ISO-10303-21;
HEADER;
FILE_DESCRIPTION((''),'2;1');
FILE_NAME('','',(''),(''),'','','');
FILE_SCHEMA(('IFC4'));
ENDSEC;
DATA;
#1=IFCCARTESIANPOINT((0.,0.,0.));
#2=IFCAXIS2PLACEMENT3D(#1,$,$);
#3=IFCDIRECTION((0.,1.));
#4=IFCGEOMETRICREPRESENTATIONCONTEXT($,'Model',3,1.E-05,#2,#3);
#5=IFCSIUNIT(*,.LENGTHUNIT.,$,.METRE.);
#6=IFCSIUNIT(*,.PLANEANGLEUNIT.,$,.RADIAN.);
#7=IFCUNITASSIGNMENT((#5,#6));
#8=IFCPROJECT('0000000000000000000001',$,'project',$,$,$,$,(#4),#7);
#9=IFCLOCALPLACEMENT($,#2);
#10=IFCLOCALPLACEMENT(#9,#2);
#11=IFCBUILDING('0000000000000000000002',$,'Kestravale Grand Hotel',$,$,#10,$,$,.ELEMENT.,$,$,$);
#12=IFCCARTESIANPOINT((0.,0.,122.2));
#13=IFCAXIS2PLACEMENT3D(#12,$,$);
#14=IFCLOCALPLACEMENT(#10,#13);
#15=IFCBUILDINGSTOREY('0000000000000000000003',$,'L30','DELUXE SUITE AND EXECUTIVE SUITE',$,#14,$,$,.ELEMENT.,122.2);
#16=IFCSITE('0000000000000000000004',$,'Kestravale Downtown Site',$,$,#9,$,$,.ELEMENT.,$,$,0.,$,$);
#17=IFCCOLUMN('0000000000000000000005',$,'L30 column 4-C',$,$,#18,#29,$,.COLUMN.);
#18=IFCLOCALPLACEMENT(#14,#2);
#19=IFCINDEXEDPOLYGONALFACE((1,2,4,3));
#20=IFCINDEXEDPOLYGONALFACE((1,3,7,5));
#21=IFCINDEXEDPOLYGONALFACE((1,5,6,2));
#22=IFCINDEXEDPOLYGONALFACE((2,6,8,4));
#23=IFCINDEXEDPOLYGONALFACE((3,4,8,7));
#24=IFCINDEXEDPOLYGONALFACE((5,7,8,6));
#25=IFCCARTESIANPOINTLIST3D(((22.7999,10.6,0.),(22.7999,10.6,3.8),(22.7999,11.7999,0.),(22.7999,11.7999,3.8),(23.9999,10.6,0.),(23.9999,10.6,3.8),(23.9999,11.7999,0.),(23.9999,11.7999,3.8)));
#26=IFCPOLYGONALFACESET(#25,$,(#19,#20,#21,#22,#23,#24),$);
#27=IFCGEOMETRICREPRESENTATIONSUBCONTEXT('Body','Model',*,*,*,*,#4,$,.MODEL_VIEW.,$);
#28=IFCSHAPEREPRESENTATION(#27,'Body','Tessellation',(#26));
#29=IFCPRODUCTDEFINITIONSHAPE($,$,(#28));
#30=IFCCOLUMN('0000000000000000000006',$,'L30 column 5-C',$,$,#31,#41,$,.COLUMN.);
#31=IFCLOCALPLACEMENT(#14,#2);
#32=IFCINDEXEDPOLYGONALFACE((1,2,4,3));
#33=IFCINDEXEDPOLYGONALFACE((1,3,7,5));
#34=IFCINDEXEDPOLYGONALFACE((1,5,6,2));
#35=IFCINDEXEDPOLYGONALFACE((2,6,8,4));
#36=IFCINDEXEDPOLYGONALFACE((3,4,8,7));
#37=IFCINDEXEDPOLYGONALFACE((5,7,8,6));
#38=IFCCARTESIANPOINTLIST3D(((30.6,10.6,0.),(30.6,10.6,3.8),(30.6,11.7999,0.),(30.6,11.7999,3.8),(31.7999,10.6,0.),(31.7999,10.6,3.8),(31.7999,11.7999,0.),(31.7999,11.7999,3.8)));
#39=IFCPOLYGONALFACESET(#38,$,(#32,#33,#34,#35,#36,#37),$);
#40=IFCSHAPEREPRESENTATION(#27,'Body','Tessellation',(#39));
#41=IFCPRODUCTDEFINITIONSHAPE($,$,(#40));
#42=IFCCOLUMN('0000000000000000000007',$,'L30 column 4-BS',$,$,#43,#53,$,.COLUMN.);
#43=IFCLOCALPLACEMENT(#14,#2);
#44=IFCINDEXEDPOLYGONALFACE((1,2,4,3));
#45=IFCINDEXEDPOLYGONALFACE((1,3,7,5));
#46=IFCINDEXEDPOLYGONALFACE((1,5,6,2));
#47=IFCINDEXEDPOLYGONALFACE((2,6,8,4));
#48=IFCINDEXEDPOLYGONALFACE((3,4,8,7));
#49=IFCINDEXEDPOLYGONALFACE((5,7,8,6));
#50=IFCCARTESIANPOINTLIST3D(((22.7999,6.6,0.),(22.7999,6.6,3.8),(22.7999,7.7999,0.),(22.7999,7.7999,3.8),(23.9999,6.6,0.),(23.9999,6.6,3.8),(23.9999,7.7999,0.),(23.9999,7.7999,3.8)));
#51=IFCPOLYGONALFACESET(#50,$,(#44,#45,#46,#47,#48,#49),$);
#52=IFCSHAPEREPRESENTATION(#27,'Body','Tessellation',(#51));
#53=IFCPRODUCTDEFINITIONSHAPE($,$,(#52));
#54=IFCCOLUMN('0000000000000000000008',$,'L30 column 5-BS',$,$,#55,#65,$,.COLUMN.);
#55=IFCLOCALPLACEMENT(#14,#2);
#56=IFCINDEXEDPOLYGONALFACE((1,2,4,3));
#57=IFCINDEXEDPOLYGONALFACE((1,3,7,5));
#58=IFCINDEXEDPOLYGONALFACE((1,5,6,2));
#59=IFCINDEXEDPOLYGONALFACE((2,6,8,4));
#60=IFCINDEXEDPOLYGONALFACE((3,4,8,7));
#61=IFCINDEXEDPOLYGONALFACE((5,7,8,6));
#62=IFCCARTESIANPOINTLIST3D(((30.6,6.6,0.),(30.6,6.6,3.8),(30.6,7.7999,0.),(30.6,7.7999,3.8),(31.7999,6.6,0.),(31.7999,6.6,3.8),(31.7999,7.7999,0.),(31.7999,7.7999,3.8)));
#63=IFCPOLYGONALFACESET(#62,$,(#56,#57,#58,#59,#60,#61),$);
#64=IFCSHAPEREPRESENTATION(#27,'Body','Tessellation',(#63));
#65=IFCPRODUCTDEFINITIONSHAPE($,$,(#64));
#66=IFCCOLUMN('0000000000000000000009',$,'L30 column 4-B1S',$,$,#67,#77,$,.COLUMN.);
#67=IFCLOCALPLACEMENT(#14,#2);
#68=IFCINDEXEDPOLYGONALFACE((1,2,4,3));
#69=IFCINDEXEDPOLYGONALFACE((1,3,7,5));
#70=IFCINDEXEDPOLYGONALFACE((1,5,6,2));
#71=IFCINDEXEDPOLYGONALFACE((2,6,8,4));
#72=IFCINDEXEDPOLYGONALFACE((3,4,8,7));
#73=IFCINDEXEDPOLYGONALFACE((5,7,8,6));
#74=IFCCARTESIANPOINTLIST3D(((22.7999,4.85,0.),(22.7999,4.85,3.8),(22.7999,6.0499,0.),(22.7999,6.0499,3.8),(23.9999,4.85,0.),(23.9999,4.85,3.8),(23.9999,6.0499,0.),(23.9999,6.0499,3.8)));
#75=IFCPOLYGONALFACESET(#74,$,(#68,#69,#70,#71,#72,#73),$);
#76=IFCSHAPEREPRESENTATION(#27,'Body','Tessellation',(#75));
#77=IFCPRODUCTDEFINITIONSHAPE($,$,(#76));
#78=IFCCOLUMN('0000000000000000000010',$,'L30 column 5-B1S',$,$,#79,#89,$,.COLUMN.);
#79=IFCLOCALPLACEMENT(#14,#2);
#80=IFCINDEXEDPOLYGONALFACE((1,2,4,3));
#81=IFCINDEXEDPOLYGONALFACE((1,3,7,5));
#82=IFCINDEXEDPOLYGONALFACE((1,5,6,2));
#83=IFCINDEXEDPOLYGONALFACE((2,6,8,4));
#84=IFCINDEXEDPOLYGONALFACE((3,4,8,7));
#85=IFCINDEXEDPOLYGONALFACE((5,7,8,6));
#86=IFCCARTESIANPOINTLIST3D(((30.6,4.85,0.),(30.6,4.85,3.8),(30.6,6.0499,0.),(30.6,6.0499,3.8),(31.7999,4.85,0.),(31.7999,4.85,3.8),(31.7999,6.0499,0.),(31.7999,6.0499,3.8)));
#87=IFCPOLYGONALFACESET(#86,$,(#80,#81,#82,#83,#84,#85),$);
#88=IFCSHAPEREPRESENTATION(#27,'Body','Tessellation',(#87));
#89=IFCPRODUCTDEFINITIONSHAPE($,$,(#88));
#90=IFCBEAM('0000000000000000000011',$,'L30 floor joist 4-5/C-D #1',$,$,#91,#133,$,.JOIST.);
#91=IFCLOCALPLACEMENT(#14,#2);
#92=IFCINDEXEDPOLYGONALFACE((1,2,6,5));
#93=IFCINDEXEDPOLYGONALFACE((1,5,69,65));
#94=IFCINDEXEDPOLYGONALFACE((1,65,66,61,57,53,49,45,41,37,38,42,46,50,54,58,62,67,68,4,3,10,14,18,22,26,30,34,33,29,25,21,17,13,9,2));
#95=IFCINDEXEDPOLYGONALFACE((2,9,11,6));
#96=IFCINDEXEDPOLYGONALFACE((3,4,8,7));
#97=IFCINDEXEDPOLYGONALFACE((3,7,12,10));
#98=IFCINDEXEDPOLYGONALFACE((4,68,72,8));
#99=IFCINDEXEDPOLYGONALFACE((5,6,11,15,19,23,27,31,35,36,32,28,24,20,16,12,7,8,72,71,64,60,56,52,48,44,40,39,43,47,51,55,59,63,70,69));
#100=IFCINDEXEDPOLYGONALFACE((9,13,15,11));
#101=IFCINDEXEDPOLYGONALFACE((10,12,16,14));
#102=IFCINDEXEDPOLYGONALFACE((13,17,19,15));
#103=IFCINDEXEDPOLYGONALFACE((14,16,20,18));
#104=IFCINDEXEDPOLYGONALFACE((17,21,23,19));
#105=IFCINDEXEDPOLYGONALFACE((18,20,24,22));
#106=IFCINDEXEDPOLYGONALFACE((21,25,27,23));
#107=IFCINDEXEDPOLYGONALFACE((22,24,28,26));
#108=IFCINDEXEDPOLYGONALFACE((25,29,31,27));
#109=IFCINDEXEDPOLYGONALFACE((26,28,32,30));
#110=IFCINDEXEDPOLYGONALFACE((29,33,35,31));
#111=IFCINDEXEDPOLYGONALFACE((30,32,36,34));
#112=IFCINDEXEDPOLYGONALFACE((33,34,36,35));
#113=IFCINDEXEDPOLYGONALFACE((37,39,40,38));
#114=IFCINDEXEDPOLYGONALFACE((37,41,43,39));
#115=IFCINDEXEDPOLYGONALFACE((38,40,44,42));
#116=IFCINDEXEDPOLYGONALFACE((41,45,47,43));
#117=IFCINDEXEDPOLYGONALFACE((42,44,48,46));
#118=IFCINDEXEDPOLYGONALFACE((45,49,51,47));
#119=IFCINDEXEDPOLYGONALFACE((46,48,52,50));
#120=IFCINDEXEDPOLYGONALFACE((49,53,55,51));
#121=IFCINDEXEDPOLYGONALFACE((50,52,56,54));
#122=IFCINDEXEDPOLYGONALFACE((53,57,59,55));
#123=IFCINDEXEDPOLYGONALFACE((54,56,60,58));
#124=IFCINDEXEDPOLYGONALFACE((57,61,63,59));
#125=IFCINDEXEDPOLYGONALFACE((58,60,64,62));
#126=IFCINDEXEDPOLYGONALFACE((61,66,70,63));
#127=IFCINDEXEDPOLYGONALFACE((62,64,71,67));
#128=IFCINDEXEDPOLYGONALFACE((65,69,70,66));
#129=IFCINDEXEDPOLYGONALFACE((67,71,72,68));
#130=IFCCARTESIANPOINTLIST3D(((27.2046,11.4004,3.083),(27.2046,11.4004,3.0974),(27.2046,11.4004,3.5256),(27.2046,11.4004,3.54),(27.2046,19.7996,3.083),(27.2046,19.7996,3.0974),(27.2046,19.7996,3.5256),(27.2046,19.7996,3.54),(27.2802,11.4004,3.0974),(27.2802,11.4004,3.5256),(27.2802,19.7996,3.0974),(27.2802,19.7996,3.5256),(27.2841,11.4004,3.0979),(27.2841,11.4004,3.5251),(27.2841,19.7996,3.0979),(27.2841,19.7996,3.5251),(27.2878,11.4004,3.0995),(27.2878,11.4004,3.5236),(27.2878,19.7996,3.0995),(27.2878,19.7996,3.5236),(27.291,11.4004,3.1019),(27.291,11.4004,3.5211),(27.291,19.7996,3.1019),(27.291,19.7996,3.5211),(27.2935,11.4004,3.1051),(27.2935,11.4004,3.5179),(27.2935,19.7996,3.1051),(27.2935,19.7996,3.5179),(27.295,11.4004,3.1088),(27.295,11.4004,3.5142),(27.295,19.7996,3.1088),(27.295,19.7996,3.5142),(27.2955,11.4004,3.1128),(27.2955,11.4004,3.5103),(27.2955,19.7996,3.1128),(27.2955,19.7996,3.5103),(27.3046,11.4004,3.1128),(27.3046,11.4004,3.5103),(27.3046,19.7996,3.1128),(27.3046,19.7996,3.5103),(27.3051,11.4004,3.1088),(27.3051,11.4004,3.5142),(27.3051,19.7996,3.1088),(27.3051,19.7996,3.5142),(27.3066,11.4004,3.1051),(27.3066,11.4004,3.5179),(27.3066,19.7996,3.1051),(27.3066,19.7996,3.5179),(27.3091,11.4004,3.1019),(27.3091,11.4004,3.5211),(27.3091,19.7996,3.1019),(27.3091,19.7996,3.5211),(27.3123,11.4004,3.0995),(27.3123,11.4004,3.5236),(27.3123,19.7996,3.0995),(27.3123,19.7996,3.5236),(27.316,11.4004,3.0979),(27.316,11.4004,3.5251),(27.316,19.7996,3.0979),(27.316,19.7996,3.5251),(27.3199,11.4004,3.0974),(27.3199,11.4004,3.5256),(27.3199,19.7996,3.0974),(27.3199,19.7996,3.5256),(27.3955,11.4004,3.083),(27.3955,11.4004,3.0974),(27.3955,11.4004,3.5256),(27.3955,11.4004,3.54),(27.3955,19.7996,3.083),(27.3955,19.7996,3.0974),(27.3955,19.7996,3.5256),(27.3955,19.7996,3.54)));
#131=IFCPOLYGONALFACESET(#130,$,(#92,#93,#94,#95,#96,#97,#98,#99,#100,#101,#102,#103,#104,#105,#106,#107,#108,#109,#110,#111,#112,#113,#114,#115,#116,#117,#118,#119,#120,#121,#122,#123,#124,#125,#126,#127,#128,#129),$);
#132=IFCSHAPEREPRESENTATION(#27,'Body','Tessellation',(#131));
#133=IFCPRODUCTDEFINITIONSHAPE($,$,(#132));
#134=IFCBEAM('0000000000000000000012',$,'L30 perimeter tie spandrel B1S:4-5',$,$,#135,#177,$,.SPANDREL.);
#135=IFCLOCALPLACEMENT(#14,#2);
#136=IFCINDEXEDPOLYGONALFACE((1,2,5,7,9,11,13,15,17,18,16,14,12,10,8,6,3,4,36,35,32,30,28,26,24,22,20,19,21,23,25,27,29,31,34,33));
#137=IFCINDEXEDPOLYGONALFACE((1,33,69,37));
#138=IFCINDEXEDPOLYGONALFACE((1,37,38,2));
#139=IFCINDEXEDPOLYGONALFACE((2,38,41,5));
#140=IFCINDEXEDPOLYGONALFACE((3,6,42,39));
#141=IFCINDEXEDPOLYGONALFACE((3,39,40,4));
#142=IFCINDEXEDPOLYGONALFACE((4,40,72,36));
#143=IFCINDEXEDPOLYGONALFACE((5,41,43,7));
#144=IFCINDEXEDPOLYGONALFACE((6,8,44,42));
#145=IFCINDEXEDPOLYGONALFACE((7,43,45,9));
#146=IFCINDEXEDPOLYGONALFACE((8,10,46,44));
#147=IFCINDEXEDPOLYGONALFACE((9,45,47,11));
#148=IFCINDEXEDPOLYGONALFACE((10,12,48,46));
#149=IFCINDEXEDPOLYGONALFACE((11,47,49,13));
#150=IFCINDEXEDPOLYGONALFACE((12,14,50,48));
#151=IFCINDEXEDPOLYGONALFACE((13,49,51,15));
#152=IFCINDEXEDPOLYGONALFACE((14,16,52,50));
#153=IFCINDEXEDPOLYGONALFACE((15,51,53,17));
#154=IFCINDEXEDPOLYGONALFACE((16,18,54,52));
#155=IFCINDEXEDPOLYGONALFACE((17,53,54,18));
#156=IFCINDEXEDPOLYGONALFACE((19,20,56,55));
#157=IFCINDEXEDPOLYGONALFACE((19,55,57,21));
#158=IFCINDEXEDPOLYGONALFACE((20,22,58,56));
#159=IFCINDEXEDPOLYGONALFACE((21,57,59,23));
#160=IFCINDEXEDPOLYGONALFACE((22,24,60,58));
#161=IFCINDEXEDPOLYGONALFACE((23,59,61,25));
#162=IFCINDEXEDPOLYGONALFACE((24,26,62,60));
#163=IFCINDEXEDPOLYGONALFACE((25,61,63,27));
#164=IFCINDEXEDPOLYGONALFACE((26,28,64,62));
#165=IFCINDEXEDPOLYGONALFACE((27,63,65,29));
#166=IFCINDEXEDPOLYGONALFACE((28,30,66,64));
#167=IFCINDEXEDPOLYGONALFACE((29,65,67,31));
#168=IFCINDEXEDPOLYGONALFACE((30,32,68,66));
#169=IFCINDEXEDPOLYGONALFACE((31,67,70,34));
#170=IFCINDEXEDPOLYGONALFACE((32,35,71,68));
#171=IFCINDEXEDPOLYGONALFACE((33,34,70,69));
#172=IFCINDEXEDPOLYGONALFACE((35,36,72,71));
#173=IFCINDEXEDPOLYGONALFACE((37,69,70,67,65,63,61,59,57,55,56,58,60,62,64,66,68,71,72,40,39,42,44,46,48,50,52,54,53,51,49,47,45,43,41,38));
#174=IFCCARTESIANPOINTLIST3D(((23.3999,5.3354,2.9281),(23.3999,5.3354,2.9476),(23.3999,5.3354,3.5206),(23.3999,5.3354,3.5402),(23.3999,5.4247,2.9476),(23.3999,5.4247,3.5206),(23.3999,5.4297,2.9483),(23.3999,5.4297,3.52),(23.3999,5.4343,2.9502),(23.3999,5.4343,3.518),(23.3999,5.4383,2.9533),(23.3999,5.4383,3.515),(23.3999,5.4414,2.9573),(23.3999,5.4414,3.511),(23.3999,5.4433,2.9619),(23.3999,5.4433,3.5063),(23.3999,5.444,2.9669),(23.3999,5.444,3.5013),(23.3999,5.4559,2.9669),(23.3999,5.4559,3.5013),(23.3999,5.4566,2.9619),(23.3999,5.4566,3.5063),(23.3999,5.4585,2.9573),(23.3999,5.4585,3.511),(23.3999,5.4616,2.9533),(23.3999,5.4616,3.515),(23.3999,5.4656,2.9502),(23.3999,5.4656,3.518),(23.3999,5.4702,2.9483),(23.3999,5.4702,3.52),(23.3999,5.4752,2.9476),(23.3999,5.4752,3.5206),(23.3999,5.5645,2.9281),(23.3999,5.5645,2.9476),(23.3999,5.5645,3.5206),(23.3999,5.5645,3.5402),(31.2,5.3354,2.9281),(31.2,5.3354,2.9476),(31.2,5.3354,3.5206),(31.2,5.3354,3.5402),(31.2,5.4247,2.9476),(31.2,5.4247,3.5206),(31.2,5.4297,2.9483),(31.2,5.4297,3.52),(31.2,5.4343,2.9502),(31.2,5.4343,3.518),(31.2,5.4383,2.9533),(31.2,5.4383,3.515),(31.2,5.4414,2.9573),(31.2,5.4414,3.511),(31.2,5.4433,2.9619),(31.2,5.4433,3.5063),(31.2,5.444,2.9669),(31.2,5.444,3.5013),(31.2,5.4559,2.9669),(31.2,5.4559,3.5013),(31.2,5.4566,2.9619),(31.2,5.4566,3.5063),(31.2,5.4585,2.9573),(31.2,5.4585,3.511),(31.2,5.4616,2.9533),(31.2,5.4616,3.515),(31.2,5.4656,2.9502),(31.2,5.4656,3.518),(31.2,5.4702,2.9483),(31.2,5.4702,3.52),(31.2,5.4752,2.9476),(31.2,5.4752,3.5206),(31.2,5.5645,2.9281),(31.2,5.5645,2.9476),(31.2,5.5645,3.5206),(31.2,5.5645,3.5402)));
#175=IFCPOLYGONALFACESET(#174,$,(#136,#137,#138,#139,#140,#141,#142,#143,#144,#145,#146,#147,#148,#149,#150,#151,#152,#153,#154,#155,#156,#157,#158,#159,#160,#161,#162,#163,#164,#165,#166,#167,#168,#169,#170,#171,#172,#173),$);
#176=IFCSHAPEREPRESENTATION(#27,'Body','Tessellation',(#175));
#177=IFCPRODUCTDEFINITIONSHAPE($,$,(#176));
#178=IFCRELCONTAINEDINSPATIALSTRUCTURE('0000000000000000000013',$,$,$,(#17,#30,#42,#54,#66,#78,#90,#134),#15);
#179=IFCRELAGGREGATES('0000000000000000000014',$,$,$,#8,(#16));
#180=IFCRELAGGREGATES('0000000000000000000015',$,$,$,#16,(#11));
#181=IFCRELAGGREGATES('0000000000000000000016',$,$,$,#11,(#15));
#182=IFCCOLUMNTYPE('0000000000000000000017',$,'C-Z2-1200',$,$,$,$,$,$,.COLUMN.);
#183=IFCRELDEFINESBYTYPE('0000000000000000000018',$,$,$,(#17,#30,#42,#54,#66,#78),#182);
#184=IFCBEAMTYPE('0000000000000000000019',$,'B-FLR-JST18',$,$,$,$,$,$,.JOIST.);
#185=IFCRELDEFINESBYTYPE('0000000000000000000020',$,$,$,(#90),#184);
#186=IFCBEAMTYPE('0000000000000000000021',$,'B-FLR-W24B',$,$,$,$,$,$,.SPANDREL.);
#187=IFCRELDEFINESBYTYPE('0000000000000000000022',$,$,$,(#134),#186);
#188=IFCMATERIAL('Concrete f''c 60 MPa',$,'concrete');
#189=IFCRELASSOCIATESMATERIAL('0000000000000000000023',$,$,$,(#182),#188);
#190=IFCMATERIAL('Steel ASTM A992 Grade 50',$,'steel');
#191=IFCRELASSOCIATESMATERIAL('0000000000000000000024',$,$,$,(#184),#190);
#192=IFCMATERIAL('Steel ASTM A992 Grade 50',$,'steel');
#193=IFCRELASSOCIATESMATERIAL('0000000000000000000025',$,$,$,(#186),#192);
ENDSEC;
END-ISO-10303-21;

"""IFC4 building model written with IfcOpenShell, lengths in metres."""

from ifc_helpers import new_model, si_unit, direction, frame, origin, origin_2d, place, context, subcontext, project, spatial, rectangle, i_section, extrude, material, material_profile, profile_set, type_object, element, save


model = new_model("IFC4")

# Units and contexts
model_context = context("Model", 3, precision=1e-05, world=origin(), true_north=direction((0.0, 1.0)))
body_context = subcontext(model_context, "Body", "Model", "MODEL_VIEW")
ifc_project = project(units=[si_unit("LENGTHUNIT", "METRE"), si_unit("PLANEANGLEUNIT", "RADIAN")], contexts=[model_context])

# Site, building, storey
site_placement = place(None, origin())
site = spatial("IfcSite", under=ifc_project, at=site_placement, Name="Kestravale Downtown Site", CompositionType="ELEMENT", RefElevation=0.0)
building_placement = place(site_placement, origin())
building = spatial("IfcBuilding", under=site, at=building_placement, Name="Kestravale Grand Hotel", CompositionType="ELEMENT")
storey_placement = place(building_placement, frame((0.0, 0.0, 122.2)))
storey = spatial("IfcBuildingStorey", under=building, at=storey_placement, Name="L30", Description="DELUXE SUITE AND EXECUTIVE SUITE", CompositionType="ELEMENT", Elevation=122.2)

# Columns
ifc_material_1 = material(Name="Concrete f'c 60 MPa", Category="concrete")
ifc_material_profile_1 = material_profile(ifc_material_1, rectangle(XDim=1.2, YDim=1.2, at=origin_2d()))
ifc_profile_set_1 = profile_set([ifc_material_profile_1], Name="Concrete f'c 60 MPa")
column_type = type_object("IfcColumnType", Name="C-Z2-1200", PredefinedType="COLUMN", material=ifc_profile_set_1)
for number, where, z_axis, x_axis, name in (
    (1, (23.3999, 11.2, 0.0), (0.0, 0.0, 1.0), (1.0, 0.0, 0.0), "L30 column 4-C"),
    (2, (31.2, 11.2, 0.0), (0.0, 0.0, 1.0), (1.0, 0.0, 0.0), "L30 column 5-C"),
    (3, (23.3999, 7.2, 0.0), (0.0, 0.0, 1.0), (1.0, 0.0, 0.0), "L30 column 4-BS"),
    (4, (31.2, 7.2, 0.0), (0.0, 0.0, 1.0), (1.0, 0.0, 0.0), "L30 column 5-BS"),
    (5, (23.3999, 5.45, 0.0), (0.0, 0.0, 1.0), (1.0, 0.0, 0.0), "L30 column 4-B1S"),
    (6, (31.2, 5.45, 0.0), (0.0, 0.0, 1.0), (1.0, 0.0, 0.0), "L30 column 5-B1S"),
):
    element("IfcColumn", number, at=place(storey_placement, frame(where, z_axis=z_axis, x_axis=x_axis)), inside=storey, type_object=column_type, Name=name, PredefinedType="COLUMN", context=body_context, shape_type="SweptSolid", body=[
        extrude(rectangle(XDim=1.2, YDim=1.2, at=origin_2d()), origin(), (0.0, 0.0, 1.0), 3.8),
    ])

# Beams
ifc_material_2 = material(Name="Steel ASTM A992 Grade 50", Category="steel")
ifc_material_profile_2 = material_profile(ifc_material_2, i_section(OverallWidth=0.1909, OverallDepth=0.457, WebThickness=0.009, FlangeThickness=0.0144, FilletRadius=0.0154, at=origin_2d()))
ifc_profile_set_2 = profile_set([ifc_material_profile_2], Name="Steel ASTM A992 Grade 50")
beam_type_1 = type_object("IfcBeamType", Name="B-FLR-JST18", PredefinedType="JOIST", material=ifc_profile_set_2)
beam_1_placement = place(storey_placement, frame((27.3, 11.4004, 3.3115), z_axis=(0.0, 1.0, 0.0), x_axis=(-1.0, 0.0, 0.0)))
element("IfcBeam", 7, at=beam_1_placement, inside=storey, type_object=beam_type_1, Name="L30 floor joist 4-5/C-D #1", PredefinedType="JOIST", context=body_context, shape_type="SweptSolid", body=[
    extrude(i_section(OverallWidth=0.1909, OverallDepth=0.457, WebThickness=0.009, FlangeThickness=0.0144, FilletRadius=0.0154, at=origin_2d()), origin(), (0.0, 0.0, 1.0), 8.3992),
])
ifc_material_3 = material(Name="Steel ASTM A992 Grade 50", Category="steel")
ifc_material_profile_3 = material_profile(ifc_material_3, i_section(OverallWidth=0.229, OverallDepth=0.6121, WebThickness=0.012, FlangeThickness=0.0195, FilletRadius=0.0193, at=origin_2d()))
ifc_profile_set_3 = profile_set([ifc_material_profile_3], Name="Steel ASTM A992 Grade 50")
beam_type_2 = type_object("IfcBeamType", Name="B-FLR-W24B", PredefinedType="SPANDREL", material=ifc_profile_set_3)
for number, where, z_axis, x_axis, name in (
    (8, (23.3999, 5.45, 3.2341), (1.0, 0.0, 0.0), (0.0, 1.0, 0.0), "L30 perimeter tie spandrel B1S:4-5"),
):
    element("IfcBeam", number, at=place(storey_placement, frame(where, z_axis=z_axis, x_axis=x_axis)), inside=storey, type_object=beam_type_2, Name=name, PredefinedType="SPANDREL", context=body_context, shape_type="SweptSolid", body=[
        extrude(i_section(OverallWidth=0.229, OverallDepth=0.6121, WebThickness=0.012, FlangeThickness=0.0195, FilletRadius=0.0193, at=origin_2d()), origin(), (0.0, 0.0, 1.0), 7.8),
    ])

save(model, "model.ifc")
